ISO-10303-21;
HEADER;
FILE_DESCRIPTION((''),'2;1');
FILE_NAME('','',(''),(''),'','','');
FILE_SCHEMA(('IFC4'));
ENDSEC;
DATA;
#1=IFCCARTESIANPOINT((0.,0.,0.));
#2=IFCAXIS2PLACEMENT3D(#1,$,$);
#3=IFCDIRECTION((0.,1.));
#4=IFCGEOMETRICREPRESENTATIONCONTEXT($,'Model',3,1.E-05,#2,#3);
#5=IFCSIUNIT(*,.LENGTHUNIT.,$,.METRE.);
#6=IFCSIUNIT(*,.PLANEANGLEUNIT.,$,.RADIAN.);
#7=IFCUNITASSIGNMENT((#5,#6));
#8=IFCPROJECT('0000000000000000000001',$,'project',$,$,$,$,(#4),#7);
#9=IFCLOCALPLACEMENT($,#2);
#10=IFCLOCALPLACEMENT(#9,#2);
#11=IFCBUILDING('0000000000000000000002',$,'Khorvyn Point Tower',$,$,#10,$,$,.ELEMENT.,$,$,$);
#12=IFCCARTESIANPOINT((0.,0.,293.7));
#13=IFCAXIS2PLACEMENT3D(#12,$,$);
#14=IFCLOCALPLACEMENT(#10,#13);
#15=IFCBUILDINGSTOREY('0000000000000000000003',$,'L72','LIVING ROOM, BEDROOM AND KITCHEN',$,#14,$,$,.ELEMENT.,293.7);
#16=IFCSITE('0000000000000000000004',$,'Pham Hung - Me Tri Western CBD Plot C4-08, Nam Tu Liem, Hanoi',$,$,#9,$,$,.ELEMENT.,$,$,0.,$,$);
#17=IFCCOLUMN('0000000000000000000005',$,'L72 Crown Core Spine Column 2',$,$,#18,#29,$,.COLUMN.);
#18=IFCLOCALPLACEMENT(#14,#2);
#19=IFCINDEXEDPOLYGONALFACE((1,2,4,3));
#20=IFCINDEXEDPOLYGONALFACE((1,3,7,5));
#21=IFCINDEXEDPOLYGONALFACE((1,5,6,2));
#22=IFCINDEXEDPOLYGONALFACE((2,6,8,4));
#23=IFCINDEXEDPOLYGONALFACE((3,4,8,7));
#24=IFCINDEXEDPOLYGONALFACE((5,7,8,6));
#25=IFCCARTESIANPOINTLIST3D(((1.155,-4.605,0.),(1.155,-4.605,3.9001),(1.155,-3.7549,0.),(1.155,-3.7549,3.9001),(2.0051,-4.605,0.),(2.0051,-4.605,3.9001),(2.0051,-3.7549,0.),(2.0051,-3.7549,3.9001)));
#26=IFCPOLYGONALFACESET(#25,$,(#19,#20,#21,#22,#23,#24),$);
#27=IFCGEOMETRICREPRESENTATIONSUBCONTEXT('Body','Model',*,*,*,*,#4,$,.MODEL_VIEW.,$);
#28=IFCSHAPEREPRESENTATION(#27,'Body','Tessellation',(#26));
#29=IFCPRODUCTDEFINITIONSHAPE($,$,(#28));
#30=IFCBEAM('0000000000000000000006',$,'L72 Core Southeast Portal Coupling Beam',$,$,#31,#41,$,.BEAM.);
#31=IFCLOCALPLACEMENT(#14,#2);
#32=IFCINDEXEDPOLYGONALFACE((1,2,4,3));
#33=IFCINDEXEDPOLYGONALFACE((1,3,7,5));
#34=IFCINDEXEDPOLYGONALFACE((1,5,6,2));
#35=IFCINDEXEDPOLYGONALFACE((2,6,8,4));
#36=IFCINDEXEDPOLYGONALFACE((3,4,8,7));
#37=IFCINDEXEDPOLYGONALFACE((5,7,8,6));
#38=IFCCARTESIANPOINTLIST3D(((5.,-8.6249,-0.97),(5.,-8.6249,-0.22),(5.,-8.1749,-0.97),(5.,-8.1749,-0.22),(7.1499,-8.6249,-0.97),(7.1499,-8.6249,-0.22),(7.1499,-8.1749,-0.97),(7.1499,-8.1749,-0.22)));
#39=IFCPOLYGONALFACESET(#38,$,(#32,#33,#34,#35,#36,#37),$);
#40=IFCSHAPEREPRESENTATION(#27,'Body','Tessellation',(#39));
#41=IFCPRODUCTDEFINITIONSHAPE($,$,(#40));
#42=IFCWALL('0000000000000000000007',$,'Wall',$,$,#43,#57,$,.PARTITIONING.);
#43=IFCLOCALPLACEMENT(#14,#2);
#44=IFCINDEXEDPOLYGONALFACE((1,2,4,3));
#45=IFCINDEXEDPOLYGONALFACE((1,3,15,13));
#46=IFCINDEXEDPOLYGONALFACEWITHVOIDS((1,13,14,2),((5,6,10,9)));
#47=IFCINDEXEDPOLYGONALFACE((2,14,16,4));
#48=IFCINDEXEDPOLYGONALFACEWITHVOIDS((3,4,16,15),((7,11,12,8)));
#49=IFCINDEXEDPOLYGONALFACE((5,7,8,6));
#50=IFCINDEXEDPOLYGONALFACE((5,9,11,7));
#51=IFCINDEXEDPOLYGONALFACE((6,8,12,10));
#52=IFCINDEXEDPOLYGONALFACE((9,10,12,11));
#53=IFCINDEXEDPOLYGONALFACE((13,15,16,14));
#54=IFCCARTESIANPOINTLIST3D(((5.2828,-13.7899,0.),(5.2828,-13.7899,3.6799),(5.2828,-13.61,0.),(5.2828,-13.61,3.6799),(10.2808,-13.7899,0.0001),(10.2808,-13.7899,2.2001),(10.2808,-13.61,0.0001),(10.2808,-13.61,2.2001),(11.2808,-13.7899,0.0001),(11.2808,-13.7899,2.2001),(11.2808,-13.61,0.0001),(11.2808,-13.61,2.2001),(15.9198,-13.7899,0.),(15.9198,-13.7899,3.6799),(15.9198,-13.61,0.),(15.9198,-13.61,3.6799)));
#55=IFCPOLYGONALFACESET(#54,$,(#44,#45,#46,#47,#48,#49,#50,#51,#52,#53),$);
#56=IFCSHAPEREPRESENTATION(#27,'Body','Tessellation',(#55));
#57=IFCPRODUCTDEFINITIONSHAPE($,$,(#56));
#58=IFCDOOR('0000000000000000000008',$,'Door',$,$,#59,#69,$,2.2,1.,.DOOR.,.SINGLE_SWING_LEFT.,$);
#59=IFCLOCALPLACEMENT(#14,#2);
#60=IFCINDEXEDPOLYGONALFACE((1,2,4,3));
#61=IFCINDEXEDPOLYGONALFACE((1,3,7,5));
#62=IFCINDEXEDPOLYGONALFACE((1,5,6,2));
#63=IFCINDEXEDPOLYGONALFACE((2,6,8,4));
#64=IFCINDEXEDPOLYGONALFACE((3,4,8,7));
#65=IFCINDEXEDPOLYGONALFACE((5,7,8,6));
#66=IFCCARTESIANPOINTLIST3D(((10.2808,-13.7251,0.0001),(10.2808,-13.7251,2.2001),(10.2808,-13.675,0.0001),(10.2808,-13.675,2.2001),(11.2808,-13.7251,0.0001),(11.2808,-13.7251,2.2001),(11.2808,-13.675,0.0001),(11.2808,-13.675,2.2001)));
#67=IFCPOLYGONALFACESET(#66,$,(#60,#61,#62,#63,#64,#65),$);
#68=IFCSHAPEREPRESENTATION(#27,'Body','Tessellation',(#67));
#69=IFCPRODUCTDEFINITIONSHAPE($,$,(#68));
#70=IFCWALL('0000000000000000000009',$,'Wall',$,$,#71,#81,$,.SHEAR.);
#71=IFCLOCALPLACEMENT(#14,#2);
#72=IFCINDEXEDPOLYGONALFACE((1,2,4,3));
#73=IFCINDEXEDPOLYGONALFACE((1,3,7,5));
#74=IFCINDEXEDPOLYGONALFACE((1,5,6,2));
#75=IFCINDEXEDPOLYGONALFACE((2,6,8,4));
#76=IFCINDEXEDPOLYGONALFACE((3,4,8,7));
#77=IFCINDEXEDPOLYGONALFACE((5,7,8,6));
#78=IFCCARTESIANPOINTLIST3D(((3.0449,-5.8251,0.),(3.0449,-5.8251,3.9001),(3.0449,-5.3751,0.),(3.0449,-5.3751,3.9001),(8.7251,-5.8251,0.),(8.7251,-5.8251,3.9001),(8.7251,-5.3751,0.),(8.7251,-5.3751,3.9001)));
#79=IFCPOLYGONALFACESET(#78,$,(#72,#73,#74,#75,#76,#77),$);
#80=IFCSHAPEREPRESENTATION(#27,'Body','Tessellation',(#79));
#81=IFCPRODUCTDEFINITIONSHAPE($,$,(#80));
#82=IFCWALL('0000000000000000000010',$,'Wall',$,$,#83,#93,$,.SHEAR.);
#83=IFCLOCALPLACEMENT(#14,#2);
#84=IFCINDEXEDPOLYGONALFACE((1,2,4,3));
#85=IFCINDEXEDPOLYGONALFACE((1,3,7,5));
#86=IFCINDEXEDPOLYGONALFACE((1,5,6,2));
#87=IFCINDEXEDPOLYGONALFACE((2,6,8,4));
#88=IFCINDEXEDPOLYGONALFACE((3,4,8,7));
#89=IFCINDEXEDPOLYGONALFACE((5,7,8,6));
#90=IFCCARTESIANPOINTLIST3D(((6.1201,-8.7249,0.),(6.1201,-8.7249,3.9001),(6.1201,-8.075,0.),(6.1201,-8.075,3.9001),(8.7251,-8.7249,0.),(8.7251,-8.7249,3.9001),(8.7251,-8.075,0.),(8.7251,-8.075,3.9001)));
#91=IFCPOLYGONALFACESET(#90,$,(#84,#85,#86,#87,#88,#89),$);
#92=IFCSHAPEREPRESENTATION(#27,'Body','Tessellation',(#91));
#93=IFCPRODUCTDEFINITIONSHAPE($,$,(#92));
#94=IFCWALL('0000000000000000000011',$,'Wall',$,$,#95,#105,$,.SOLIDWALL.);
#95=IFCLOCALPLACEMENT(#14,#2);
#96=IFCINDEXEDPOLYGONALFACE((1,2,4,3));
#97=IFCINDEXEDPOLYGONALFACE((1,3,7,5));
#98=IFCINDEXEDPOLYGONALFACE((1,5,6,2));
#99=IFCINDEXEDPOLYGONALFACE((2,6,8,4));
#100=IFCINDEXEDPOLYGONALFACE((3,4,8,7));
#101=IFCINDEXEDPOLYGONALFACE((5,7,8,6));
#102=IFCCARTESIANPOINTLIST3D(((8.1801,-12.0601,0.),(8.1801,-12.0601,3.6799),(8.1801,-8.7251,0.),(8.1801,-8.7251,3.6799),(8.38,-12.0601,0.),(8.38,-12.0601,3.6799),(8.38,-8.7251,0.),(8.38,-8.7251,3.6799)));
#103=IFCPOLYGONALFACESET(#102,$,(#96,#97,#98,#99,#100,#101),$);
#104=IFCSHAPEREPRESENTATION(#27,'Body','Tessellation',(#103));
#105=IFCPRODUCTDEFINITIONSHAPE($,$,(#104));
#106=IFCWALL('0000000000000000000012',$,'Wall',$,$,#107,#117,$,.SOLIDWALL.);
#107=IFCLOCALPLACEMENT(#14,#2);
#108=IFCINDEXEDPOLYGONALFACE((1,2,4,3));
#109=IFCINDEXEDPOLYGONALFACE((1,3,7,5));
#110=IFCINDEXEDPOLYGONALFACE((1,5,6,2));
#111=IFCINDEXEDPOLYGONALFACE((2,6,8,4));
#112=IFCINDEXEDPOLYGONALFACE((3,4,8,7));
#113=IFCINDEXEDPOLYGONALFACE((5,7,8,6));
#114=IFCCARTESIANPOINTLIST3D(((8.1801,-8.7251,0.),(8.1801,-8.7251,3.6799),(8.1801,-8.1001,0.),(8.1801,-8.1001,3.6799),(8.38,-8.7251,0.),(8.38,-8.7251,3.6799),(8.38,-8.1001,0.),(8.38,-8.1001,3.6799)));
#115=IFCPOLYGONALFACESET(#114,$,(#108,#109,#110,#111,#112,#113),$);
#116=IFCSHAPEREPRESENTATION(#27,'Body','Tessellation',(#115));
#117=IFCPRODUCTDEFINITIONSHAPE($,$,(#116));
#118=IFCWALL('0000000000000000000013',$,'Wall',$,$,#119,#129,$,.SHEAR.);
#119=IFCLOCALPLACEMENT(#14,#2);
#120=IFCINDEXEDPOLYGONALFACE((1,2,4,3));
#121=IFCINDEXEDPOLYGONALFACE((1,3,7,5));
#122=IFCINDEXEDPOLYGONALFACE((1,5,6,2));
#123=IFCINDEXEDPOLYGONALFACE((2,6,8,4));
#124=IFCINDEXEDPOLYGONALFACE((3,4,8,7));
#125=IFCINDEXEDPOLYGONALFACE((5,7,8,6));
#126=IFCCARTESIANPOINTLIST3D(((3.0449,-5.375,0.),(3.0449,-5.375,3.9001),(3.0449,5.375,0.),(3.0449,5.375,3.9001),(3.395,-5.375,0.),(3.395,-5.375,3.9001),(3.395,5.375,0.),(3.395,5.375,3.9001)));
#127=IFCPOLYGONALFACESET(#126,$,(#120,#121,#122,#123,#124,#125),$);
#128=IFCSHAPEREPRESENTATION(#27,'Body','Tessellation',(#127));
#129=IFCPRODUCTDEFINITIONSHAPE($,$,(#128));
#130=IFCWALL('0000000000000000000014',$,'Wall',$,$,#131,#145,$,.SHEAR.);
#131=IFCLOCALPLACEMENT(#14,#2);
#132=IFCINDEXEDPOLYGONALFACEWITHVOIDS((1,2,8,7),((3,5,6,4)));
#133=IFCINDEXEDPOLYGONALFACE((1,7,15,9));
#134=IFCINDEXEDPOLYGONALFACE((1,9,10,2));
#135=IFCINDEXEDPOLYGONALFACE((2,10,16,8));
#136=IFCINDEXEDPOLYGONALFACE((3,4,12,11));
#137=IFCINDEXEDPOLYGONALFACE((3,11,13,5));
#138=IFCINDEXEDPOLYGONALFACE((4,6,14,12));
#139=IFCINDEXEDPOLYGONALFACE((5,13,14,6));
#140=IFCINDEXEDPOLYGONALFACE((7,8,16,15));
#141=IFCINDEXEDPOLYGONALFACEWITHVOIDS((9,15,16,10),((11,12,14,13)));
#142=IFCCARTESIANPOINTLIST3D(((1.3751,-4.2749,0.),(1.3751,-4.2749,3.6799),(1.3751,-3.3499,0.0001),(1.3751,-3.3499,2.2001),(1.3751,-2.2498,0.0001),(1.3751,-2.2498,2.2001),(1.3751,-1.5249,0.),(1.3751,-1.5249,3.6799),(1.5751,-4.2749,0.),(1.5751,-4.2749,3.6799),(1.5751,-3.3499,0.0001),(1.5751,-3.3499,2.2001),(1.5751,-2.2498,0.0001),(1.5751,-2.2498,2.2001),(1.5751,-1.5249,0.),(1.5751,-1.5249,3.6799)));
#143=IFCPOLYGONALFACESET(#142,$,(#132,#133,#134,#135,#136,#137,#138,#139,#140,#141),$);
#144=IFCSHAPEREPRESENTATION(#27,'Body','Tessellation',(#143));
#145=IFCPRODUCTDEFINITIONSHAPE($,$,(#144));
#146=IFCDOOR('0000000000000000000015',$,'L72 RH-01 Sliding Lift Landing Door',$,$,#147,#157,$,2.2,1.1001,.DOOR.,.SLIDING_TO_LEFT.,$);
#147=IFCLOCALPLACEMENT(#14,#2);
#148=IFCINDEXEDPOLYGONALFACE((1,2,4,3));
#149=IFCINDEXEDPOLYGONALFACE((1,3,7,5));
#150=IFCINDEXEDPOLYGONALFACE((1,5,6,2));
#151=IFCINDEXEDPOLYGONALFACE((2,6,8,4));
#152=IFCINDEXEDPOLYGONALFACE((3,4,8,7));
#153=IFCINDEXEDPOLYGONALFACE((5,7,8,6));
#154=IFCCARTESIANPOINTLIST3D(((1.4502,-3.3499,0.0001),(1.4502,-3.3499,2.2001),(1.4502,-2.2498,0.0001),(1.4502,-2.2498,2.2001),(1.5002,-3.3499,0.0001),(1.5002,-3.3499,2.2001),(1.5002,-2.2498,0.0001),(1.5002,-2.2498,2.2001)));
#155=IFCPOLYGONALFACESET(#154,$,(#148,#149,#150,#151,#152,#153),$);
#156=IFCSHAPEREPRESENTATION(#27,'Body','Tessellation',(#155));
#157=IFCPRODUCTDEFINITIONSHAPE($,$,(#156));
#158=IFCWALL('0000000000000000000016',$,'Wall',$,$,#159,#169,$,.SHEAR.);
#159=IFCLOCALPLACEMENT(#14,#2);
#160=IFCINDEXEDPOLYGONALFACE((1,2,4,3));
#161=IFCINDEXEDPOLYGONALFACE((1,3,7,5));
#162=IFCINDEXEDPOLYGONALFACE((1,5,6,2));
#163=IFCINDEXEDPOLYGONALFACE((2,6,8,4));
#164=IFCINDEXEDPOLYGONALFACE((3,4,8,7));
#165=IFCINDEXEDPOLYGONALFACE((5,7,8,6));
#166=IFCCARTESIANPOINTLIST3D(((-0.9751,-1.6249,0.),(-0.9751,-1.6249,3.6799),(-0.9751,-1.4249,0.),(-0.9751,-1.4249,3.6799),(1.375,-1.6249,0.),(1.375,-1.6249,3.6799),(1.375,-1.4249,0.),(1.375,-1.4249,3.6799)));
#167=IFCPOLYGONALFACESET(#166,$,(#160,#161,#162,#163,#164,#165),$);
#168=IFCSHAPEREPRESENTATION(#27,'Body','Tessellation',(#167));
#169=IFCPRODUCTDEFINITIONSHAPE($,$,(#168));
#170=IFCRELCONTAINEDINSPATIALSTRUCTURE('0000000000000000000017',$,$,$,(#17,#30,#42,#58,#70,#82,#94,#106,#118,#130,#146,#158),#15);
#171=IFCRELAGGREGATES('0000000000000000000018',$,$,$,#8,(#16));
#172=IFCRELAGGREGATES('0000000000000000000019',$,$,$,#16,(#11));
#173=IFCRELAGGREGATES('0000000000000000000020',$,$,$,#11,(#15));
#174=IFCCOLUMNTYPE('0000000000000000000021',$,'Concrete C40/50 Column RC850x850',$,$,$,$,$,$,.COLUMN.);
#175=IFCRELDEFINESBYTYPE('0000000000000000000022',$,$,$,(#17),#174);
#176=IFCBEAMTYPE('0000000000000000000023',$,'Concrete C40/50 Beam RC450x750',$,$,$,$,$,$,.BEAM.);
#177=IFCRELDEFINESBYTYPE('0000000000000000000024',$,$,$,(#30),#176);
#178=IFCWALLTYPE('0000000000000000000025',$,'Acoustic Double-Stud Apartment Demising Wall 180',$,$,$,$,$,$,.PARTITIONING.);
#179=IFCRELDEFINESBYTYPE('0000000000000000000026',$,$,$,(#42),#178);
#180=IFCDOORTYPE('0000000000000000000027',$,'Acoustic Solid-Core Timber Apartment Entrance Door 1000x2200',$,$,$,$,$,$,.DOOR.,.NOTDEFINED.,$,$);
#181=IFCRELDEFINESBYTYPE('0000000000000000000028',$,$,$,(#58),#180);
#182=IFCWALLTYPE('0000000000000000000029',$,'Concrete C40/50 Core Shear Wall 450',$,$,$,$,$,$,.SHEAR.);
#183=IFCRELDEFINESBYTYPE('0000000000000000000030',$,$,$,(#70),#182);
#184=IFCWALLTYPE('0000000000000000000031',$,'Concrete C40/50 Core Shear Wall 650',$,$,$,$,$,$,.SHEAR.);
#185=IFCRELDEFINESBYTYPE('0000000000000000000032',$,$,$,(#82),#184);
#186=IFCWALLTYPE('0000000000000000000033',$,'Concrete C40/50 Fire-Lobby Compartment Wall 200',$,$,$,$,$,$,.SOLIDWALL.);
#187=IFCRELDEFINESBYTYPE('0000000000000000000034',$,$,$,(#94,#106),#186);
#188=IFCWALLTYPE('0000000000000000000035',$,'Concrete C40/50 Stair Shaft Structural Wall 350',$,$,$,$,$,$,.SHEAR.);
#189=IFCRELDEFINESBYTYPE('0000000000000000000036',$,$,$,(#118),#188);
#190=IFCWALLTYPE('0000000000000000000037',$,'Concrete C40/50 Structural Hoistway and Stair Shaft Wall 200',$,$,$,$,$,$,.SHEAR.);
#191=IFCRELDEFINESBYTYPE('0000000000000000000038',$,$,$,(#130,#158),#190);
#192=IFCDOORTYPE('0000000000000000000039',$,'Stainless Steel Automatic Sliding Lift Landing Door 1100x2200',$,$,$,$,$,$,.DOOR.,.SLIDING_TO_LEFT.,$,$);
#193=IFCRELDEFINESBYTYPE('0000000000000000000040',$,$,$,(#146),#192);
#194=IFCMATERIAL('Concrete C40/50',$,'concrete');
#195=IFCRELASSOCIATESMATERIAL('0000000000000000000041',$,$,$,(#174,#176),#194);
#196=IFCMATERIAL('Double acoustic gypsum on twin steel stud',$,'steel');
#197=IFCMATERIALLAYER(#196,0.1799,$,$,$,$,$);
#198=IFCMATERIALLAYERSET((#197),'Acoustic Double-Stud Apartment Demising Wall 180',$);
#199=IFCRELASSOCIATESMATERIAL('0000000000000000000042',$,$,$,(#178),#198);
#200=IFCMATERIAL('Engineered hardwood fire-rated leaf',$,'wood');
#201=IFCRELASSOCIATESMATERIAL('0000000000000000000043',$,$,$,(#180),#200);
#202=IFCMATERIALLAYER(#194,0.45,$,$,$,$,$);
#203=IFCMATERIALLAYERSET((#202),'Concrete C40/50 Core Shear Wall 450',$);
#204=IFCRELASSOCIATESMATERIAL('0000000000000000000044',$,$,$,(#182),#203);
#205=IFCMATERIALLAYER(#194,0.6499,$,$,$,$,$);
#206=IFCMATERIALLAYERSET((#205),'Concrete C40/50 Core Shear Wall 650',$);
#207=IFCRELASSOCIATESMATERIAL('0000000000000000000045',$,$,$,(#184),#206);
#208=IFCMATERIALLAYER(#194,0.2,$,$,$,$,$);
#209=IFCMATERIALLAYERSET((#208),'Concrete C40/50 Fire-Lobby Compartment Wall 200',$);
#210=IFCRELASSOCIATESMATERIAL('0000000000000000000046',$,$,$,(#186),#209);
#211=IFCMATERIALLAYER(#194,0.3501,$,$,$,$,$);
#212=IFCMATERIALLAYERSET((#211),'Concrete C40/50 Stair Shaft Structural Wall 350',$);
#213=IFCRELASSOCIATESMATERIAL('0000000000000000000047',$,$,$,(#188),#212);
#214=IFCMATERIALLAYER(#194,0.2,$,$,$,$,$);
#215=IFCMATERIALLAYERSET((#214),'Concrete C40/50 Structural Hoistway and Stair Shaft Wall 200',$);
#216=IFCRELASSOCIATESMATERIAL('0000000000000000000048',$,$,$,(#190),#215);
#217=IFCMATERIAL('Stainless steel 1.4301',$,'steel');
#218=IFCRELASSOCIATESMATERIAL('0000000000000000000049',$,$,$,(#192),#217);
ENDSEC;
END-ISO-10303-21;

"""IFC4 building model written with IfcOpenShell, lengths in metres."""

from ifc_helpers import new_model, si_unit, direction, frame, frame_2d, origin, origin_2d, place, context, subcontext, project, spatial, rectangle, extrude, material, layer, layer_set, material_profile, profile_set, type_object, element, fill, save


model = new_model("IFC4")

# Units and contexts
model_context = context("Model", 3, precision=1e-05, world=origin(), true_north=direction((0.0, 1.0)))
body_context = subcontext(model_context, "Body", "Model", "MODEL_VIEW")
ifc_project = project(units=[si_unit("LENGTHUNIT", "METRE"), si_unit("PLANEANGLEUNIT", "RADIAN")], contexts=[model_context])

# Site, building, storey
site_placement = place(None, origin())
site = spatial("IfcSite", under=ifc_project, at=site_placement, Name="Pham Hung - Me Tri Western CBD Plot C4-08, Nam Tu Liem, Hanoi", CompositionType="ELEMENT", RefElevation=0.0)
building_placement = place(site_placement, origin())
building = spatial("IfcBuilding", under=site, at=building_placement, Name="Khorvyn Point Tower", CompositionType="ELEMENT")
storey_placement = place(building_placement, frame((0.0, 0.0, 293.7)))
storey = spatial("IfcBuildingStorey", under=building, at=storey_placement, Name="L72", Description="LIVING ROOM, BEDROOM AND KITCHEN", CompositionType="ELEMENT", Elevation=293.7)

# Column
ifc_material_1 = material(Name="Concrete C40/50", Category="concrete")
ifc_material_profile_1 = material_profile(ifc_material_1, rectangle(XDim=0.8501, YDim=0.8501, at=origin_2d()))
ifc_profile_set_1 = profile_set([ifc_material_profile_1], Name="Concrete C40/50 RC850x850")
column_type = type_object("IfcColumnType", Name="Concrete C40/50 Column RC850x850", PredefinedType="COLUMN", material=ifc_profile_set_1)
column_placement = place(storey_placement, frame((1.5801, -4.1799, 0.0), z_axis=(0.0, 0.0, 1.0), x_axis=(1.0, 0.0, 0.0)))
element("IfcColumn", 1, at=column_placement, inside=storey, type_object=column_type, Name="L72 Crown Core Spine Column 2", PredefinedType="COLUMN", context=body_context, shape_type="SweptSolid", body=[
    extrude(rectangle(XDim=0.8501, YDim=0.8501, at=origin_2d()), origin(), (0.0, 0.0, 1.0), 3.9001),
])

# Beam
ifc_material_profile_2 = material_profile(ifc_material_1, rectangle(XDim=0.45, YDim=0.75, at=origin_2d()))
ifc_profile_set_2 = profile_set([ifc_material_profile_2], Name="Concrete C40/50 RC450x750")
beam_type = type_object("IfcBeamType", Name="Concrete C40/50 Beam RC450x750", PredefinedType="BEAM", material=ifc_profile_set_2)
beam_placement = place(storey_placement, frame((5.0, -8.3999, -0.595), z_axis=(1.0, 0.0, 0.0), x_axis=(0.0, 1.0, 0.0)))
element("IfcBeam", 2, at=beam_placement, inside=storey, type_object=beam_type, Name="L72 Core Southeast Portal Coupling Beam", PredefinedType="BEAM", context=body_context, shape_type="SweptSolid", body=[
    extrude(rectangle(XDim=0.45, YDim=0.75, at=origin_2d()), origin(), (0.0, 0.0, 1.0), 2.1499),
])

# Wall, opening, door
ifc_material_2 = material(Name="Double acoustic gypsum on twin steel stud", Category="steel")
ifc_layer_1 = layer(ifc_material_2, 0.1799)
ifc_layer_set_1 = layer_set([ifc_layer_1], Name="Acoustic Double-Stud Apartment Demising Wall 180")
wall_type_1 = type_object("IfcWallType", Name="Acoustic Double-Stud Apartment Demising Wall 180", PredefinedType="PARTITIONING", material=ifc_layer_set_1)
wall_1_placement = place(storey_placement, frame((5.283, -13.7, 0.0), z_axis=(0.0, 0.0, 1.0), x_axis=(1.0, 0.0, 0.0)))
wall_1 = element("IfcWall", 3, at=wall_1_placement, inside=storey, type_object=wall_type_1, Name="Wall", PredefinedType="PARTITIONING", context=body_context, shape_type="SweptSolid", body=[
    extrude(rectangle(XDim=10.637, YDim=0.1799, at=frame_2d((5.3184, 0.0))), origin(), (0.0, 0.0, 1.0), 3.6799),
])
opening_1_placement = place(wall_1_placement, frame((4.9978, 0.0, 0.0)))
opening_1 = element("IfcOpeningElement", 4, at=opening_1_placement, cuts=wall_1, PredefinedType="OPENING", context=body_context, shape_type="SweptSolid", body=[
    extrude(rectangle(XDim=1.0, YDim=2.2, at=frame_2d((0.5, 1.1001))), frame((0.0, 0.0999, 0.0), z_axis=(0.0, -1.0, 0.0), x_axis=(1.0, 0.0, 0.0)), (0.0, 0.0, 1.0), 0.2),
])
ifc_material_3 = material(Name="Engineered hardwood fire-rated leaf", Category="wood")
door_type_1 = type_object("IfcDoorType", Name="Acoustic Solid-Core Timber Apartment Entrance Door 1000x2200", OperationType="NOTDEFINED", PredefinedType="DOOR", material=ifc_material_3)
door_1_placement = place(opening_1_placement, origin())
door_1 = element("IfcDoor", 5, at=door_1_placement, inside=storey, type_object=door_type_1, Name="Door", OperationType="SINGLE_SWING_LEFT", OverallHeight=2.2, OverallWidth=1.0, PredefinedType="DOOR", context=body_context, shape_type="SweptSolid", body=[
    extrude(rectangle(XDim=1.0, YDim=2.2, at=frame_2d((0.5, 1.1001))), frame((0.0, 0.0249, 0.0), z_axis=(0.0, -1.0, 0.0), x_axis=(1.0, 0.0, 0.0)), (0.0, 0.0, 1.0), 0.05),
])
fill(opening_1, door_1)

# Walls
ifc_layer_2 = layer(ifc_material_1, 0.45)
ifc_layer_set_2 = layer_set([ifc_layer_2], Name="Concrete C40/50 Core Shear Wall 450")
wall_type_2 = type_object("IfcWallType", Name="Concrete C40/50 Core Shear Wall 450", PredefinedType="SHEAR", material=ifc_layer_set_2)
wall_2_placement = place(storey_placement, frame((3.0449, -5.6001, 0.0), z_axis=(0.0, 0.0, 1.0), x_axis=(1.0, 0.0, 0.0)))
element("IfcWall", 6, at=wall_2_placement, inside=storey, type_object=wall_type_2, Name="Wall", PredefinedType="SHEAR", context=body_context, shape_type="SweptSolid", body=[
    extrude(rectangle(XDim=5.6802, YDim=0.45, at=frame_2d((2.8401, 0.0))), origin(), (0.0, 0.0, 1.0), 3.9001),
])
ifc_layer_3 = layer(ifc_material_1, 0.6499)
ifc_layer_set_3 = layer_set([ifc_layer_3], Name="Concrete C40/50 Core Shear Wall 650")
wall_type_3 = type_object("IfcWallType", Name="Concrete C40/50 Core Shear Wall 650", PredefinedType="SHEAR", material=ifc_layer_set_3)
wall_3_placement = place(storey_placement, frame((6.1201, -8.3999, 0.0), z_axis=(0.0, 0.0, 1.0), x_axis=(1.0, 0.0, 0.0)))
element("IfcWall", 7, at=wall_3_placement, inside=storey, type_object=wall_type_3, Name="Wall", PredefinedType="SHEAR", context=body_context, shape_type="SweptSolid", body=[
    extrude(rectangle(XDim=2.605, YDim=0.6499, at=frame_2d((1.3025, 0.0))), origin(), (0.0, 0.0, 1.0), 3.9001),
])

# Shared definitions
ifc_layer_4 = layer(ifc_material_1, 0.2)
ifc_layer_set_4 = layer_set([ifc_layer_4], Name="Concrete C40/50 Fire-Lobby Compartment Wall 200")
wall_type_4 = type_object("IfcWallType", Name="Concrete C40/50 Fire-Lobby Compartment Wall 200", PredefinedType="SOLIDWALL", material=ifc_layer_set_4)

# Walls
wall_4_placement = place(storey_placement, frame((8.28, -12.0601, 0.0), z_axis=(0.0, 0.0, 1.0), x_axis=(0.0, 1.0, 0.0)))
element("IfcWall", 8, at=wall_4_placement, inside=storey, type_object=wall_type_4, Name="Wall", PredefinedType="SOLIDWALL", context=body_context, shape_type="SweptSolid", body=[
    extrude(rectangle(XDim=3.335, YDim=0.2, at=frame_2d((1.6675, 0.0))), origin(), (0.0, 0.0, 1.0), 3.6799),
])
wall_5_placement = place(storey_placement, frame((8.28, -8.7251, 0.0), z_axis=(0.0, 0.0, 1.0), x_axis=(0.0, 1.0, 0.0)))
element("IfcWall", 9, at=wall_5_placement, inside=storey, type_object=wall_type_4, Name="Wall", PredefinedType="SOLIDWALL", context=body_context, shape_type="SweptSolid", body=[
    extrude(rectangle(XDim=0.625, YDim=0.2, at=frame_2d((0.3125, 0.0))), origin(), (0.0, 0.0, 1.0), 3.6799),
])
ifc_layer_5 = layer(ifc_material_1, 0.3501)
ifc_layer_set_5 = layer_set([ifc_layer_5], Name="Concrete C40/50 Stair Shaft Structural Wall 350")
wall_type_5 = type_object("IfcWallType", Name="Concrete C40/50 Stair Shaft Structural Wall 350", PredefinedType="SHEAR", material=ifc_layer_set_5)
wall_6_placement = place(storey_placement, frame((3.22, -5.375, 0.0), z_axis=(0.0, 0.0, 1.0), x_axis=(0.0, 1.0, 0.0)))
element("IfcWall", 10, at=wall_6_placement, inside=storey, type_object=wall_type_5, Name="Wall", PredefinedType="SHEAR", context=body_context, shape_type="SweptSolid", body=[
    extrude(rectangle(XDim=10.75, YDim=0.3501, at=frame_2d((5.375, 0.0))), origin(), (0.0, 0.0, 1.0), 3.9001),
])

# Wall, opening, door
ifc_layer_6 = layer(ifc_material_1, 0.2)
ifc_layer_set_6 = layer_set([ifc_layer_6], Name="Concrete C40/50 Structural Hoistway and Stair Shaft Wall 200")
wall_type_6 = type_object("IfcWallType", Name="Concrete C40/50 Structural Hoistway and Stair Shaft Wall 200", PredefinedType="SHEAR", material=ifc_layer_set_6)
wall_7_placement = place(storey_placement, frame((1.4751, -4.2749, 0.0), z_axis=(0.0, 0.0, 1.0), x_axis=(0.0, 1.0, 0.0)))
wall_7 = element("IfcWall", 11, at=wall_7_placement, inside=storey, type_object=wall_type_6, Name="Wall", PredefinedType="SHEAR", context=body_context, shape_type="SweptSolid", body=[
    extrude(rectangle(XDim=2.75, YDim=0.2, at=frame_2d((1.375, 0.0))), origin(), (0.0, 0.0, 1.0), 3.6799),
])
opening_2_placement = place(wall_7_placement, frame((0.925, 0.0, 0.0)))
opening_2 = element("IfcOpeningElement", 12, at=opening_2_placement, cuts=wall_7, PredefinedType="OPENING", context=body_context, shape_type="SweptSolid", body=[
    extrude(rectangle(XDim=1.1001, YDim=2.2, at=frame_2d((0.55, 1.1001))), frame((0.0, 0.1099, 0.0), z_axis=(0.0, -1.0, 0.0), x_axis=(1.0, 0.0, 0.0)), (0.0, 0.0, 1.0), 0.22),
])
ifc_material_4 = material(Name="Stainless steel 1.4301", Category="steel")
door_type_2 = type_object("IfcDoorType", Name="Stainless Steel Automatic Sliding Lift Landing Door 1100x2200", OperationType="SLIDING_TO_LEFT", PredefinedType="DOOR", material=ifc_material_4)
door_2_placement = place(opening_2_placement, origin())
door_2 = element("IfcDoor", 13, at=door_2_placement, inside=storey, type_object=door_type_2, Name="L72 RH-01 Sliding Lift Landing Door", OperationType="SLIDING_TO_LEFT", OverallHeight=2.2, OverallWidth=1.1001, PredefinedType="DOOR", context=body_context, shape_type="SweptSolid", body=[
    extrude(rectangle(XDim=1.1001, YDim=2.2, at=frame_2d((0.55, 1.1001))), frame((0.0, 0.0249, 0.0), z_axis=(0.0, -1.0, 0.0), x_axis=(1.0, 0.0, 0.0)), (0.0, 0.0, 1.0), 0.05),
])
fill(opening_2, door_2)

# Wall
wall_8_placement = place(storey_placement, frame((-0.9751, -1.5249, 0.0), z_axis=(0.0, 0.0, 1.0), x_axis=(1.0, 0.0, 0.0)))
element("IfcWall", 14, at=wall_8_placement, inside=storey, type_object=wall_type_6, Name="Wall", PredefinedType="SHEAR", context=body_context, shape_type="SweptSolid", body=[
    extrude(rectangle(XDim=2.3501, YDim=0.2, at=frame_2d((1.175, 0.0))), origin(), (0.0, 0.0, 1.0), 3.6799),
])

save(model, "model.ifc")
